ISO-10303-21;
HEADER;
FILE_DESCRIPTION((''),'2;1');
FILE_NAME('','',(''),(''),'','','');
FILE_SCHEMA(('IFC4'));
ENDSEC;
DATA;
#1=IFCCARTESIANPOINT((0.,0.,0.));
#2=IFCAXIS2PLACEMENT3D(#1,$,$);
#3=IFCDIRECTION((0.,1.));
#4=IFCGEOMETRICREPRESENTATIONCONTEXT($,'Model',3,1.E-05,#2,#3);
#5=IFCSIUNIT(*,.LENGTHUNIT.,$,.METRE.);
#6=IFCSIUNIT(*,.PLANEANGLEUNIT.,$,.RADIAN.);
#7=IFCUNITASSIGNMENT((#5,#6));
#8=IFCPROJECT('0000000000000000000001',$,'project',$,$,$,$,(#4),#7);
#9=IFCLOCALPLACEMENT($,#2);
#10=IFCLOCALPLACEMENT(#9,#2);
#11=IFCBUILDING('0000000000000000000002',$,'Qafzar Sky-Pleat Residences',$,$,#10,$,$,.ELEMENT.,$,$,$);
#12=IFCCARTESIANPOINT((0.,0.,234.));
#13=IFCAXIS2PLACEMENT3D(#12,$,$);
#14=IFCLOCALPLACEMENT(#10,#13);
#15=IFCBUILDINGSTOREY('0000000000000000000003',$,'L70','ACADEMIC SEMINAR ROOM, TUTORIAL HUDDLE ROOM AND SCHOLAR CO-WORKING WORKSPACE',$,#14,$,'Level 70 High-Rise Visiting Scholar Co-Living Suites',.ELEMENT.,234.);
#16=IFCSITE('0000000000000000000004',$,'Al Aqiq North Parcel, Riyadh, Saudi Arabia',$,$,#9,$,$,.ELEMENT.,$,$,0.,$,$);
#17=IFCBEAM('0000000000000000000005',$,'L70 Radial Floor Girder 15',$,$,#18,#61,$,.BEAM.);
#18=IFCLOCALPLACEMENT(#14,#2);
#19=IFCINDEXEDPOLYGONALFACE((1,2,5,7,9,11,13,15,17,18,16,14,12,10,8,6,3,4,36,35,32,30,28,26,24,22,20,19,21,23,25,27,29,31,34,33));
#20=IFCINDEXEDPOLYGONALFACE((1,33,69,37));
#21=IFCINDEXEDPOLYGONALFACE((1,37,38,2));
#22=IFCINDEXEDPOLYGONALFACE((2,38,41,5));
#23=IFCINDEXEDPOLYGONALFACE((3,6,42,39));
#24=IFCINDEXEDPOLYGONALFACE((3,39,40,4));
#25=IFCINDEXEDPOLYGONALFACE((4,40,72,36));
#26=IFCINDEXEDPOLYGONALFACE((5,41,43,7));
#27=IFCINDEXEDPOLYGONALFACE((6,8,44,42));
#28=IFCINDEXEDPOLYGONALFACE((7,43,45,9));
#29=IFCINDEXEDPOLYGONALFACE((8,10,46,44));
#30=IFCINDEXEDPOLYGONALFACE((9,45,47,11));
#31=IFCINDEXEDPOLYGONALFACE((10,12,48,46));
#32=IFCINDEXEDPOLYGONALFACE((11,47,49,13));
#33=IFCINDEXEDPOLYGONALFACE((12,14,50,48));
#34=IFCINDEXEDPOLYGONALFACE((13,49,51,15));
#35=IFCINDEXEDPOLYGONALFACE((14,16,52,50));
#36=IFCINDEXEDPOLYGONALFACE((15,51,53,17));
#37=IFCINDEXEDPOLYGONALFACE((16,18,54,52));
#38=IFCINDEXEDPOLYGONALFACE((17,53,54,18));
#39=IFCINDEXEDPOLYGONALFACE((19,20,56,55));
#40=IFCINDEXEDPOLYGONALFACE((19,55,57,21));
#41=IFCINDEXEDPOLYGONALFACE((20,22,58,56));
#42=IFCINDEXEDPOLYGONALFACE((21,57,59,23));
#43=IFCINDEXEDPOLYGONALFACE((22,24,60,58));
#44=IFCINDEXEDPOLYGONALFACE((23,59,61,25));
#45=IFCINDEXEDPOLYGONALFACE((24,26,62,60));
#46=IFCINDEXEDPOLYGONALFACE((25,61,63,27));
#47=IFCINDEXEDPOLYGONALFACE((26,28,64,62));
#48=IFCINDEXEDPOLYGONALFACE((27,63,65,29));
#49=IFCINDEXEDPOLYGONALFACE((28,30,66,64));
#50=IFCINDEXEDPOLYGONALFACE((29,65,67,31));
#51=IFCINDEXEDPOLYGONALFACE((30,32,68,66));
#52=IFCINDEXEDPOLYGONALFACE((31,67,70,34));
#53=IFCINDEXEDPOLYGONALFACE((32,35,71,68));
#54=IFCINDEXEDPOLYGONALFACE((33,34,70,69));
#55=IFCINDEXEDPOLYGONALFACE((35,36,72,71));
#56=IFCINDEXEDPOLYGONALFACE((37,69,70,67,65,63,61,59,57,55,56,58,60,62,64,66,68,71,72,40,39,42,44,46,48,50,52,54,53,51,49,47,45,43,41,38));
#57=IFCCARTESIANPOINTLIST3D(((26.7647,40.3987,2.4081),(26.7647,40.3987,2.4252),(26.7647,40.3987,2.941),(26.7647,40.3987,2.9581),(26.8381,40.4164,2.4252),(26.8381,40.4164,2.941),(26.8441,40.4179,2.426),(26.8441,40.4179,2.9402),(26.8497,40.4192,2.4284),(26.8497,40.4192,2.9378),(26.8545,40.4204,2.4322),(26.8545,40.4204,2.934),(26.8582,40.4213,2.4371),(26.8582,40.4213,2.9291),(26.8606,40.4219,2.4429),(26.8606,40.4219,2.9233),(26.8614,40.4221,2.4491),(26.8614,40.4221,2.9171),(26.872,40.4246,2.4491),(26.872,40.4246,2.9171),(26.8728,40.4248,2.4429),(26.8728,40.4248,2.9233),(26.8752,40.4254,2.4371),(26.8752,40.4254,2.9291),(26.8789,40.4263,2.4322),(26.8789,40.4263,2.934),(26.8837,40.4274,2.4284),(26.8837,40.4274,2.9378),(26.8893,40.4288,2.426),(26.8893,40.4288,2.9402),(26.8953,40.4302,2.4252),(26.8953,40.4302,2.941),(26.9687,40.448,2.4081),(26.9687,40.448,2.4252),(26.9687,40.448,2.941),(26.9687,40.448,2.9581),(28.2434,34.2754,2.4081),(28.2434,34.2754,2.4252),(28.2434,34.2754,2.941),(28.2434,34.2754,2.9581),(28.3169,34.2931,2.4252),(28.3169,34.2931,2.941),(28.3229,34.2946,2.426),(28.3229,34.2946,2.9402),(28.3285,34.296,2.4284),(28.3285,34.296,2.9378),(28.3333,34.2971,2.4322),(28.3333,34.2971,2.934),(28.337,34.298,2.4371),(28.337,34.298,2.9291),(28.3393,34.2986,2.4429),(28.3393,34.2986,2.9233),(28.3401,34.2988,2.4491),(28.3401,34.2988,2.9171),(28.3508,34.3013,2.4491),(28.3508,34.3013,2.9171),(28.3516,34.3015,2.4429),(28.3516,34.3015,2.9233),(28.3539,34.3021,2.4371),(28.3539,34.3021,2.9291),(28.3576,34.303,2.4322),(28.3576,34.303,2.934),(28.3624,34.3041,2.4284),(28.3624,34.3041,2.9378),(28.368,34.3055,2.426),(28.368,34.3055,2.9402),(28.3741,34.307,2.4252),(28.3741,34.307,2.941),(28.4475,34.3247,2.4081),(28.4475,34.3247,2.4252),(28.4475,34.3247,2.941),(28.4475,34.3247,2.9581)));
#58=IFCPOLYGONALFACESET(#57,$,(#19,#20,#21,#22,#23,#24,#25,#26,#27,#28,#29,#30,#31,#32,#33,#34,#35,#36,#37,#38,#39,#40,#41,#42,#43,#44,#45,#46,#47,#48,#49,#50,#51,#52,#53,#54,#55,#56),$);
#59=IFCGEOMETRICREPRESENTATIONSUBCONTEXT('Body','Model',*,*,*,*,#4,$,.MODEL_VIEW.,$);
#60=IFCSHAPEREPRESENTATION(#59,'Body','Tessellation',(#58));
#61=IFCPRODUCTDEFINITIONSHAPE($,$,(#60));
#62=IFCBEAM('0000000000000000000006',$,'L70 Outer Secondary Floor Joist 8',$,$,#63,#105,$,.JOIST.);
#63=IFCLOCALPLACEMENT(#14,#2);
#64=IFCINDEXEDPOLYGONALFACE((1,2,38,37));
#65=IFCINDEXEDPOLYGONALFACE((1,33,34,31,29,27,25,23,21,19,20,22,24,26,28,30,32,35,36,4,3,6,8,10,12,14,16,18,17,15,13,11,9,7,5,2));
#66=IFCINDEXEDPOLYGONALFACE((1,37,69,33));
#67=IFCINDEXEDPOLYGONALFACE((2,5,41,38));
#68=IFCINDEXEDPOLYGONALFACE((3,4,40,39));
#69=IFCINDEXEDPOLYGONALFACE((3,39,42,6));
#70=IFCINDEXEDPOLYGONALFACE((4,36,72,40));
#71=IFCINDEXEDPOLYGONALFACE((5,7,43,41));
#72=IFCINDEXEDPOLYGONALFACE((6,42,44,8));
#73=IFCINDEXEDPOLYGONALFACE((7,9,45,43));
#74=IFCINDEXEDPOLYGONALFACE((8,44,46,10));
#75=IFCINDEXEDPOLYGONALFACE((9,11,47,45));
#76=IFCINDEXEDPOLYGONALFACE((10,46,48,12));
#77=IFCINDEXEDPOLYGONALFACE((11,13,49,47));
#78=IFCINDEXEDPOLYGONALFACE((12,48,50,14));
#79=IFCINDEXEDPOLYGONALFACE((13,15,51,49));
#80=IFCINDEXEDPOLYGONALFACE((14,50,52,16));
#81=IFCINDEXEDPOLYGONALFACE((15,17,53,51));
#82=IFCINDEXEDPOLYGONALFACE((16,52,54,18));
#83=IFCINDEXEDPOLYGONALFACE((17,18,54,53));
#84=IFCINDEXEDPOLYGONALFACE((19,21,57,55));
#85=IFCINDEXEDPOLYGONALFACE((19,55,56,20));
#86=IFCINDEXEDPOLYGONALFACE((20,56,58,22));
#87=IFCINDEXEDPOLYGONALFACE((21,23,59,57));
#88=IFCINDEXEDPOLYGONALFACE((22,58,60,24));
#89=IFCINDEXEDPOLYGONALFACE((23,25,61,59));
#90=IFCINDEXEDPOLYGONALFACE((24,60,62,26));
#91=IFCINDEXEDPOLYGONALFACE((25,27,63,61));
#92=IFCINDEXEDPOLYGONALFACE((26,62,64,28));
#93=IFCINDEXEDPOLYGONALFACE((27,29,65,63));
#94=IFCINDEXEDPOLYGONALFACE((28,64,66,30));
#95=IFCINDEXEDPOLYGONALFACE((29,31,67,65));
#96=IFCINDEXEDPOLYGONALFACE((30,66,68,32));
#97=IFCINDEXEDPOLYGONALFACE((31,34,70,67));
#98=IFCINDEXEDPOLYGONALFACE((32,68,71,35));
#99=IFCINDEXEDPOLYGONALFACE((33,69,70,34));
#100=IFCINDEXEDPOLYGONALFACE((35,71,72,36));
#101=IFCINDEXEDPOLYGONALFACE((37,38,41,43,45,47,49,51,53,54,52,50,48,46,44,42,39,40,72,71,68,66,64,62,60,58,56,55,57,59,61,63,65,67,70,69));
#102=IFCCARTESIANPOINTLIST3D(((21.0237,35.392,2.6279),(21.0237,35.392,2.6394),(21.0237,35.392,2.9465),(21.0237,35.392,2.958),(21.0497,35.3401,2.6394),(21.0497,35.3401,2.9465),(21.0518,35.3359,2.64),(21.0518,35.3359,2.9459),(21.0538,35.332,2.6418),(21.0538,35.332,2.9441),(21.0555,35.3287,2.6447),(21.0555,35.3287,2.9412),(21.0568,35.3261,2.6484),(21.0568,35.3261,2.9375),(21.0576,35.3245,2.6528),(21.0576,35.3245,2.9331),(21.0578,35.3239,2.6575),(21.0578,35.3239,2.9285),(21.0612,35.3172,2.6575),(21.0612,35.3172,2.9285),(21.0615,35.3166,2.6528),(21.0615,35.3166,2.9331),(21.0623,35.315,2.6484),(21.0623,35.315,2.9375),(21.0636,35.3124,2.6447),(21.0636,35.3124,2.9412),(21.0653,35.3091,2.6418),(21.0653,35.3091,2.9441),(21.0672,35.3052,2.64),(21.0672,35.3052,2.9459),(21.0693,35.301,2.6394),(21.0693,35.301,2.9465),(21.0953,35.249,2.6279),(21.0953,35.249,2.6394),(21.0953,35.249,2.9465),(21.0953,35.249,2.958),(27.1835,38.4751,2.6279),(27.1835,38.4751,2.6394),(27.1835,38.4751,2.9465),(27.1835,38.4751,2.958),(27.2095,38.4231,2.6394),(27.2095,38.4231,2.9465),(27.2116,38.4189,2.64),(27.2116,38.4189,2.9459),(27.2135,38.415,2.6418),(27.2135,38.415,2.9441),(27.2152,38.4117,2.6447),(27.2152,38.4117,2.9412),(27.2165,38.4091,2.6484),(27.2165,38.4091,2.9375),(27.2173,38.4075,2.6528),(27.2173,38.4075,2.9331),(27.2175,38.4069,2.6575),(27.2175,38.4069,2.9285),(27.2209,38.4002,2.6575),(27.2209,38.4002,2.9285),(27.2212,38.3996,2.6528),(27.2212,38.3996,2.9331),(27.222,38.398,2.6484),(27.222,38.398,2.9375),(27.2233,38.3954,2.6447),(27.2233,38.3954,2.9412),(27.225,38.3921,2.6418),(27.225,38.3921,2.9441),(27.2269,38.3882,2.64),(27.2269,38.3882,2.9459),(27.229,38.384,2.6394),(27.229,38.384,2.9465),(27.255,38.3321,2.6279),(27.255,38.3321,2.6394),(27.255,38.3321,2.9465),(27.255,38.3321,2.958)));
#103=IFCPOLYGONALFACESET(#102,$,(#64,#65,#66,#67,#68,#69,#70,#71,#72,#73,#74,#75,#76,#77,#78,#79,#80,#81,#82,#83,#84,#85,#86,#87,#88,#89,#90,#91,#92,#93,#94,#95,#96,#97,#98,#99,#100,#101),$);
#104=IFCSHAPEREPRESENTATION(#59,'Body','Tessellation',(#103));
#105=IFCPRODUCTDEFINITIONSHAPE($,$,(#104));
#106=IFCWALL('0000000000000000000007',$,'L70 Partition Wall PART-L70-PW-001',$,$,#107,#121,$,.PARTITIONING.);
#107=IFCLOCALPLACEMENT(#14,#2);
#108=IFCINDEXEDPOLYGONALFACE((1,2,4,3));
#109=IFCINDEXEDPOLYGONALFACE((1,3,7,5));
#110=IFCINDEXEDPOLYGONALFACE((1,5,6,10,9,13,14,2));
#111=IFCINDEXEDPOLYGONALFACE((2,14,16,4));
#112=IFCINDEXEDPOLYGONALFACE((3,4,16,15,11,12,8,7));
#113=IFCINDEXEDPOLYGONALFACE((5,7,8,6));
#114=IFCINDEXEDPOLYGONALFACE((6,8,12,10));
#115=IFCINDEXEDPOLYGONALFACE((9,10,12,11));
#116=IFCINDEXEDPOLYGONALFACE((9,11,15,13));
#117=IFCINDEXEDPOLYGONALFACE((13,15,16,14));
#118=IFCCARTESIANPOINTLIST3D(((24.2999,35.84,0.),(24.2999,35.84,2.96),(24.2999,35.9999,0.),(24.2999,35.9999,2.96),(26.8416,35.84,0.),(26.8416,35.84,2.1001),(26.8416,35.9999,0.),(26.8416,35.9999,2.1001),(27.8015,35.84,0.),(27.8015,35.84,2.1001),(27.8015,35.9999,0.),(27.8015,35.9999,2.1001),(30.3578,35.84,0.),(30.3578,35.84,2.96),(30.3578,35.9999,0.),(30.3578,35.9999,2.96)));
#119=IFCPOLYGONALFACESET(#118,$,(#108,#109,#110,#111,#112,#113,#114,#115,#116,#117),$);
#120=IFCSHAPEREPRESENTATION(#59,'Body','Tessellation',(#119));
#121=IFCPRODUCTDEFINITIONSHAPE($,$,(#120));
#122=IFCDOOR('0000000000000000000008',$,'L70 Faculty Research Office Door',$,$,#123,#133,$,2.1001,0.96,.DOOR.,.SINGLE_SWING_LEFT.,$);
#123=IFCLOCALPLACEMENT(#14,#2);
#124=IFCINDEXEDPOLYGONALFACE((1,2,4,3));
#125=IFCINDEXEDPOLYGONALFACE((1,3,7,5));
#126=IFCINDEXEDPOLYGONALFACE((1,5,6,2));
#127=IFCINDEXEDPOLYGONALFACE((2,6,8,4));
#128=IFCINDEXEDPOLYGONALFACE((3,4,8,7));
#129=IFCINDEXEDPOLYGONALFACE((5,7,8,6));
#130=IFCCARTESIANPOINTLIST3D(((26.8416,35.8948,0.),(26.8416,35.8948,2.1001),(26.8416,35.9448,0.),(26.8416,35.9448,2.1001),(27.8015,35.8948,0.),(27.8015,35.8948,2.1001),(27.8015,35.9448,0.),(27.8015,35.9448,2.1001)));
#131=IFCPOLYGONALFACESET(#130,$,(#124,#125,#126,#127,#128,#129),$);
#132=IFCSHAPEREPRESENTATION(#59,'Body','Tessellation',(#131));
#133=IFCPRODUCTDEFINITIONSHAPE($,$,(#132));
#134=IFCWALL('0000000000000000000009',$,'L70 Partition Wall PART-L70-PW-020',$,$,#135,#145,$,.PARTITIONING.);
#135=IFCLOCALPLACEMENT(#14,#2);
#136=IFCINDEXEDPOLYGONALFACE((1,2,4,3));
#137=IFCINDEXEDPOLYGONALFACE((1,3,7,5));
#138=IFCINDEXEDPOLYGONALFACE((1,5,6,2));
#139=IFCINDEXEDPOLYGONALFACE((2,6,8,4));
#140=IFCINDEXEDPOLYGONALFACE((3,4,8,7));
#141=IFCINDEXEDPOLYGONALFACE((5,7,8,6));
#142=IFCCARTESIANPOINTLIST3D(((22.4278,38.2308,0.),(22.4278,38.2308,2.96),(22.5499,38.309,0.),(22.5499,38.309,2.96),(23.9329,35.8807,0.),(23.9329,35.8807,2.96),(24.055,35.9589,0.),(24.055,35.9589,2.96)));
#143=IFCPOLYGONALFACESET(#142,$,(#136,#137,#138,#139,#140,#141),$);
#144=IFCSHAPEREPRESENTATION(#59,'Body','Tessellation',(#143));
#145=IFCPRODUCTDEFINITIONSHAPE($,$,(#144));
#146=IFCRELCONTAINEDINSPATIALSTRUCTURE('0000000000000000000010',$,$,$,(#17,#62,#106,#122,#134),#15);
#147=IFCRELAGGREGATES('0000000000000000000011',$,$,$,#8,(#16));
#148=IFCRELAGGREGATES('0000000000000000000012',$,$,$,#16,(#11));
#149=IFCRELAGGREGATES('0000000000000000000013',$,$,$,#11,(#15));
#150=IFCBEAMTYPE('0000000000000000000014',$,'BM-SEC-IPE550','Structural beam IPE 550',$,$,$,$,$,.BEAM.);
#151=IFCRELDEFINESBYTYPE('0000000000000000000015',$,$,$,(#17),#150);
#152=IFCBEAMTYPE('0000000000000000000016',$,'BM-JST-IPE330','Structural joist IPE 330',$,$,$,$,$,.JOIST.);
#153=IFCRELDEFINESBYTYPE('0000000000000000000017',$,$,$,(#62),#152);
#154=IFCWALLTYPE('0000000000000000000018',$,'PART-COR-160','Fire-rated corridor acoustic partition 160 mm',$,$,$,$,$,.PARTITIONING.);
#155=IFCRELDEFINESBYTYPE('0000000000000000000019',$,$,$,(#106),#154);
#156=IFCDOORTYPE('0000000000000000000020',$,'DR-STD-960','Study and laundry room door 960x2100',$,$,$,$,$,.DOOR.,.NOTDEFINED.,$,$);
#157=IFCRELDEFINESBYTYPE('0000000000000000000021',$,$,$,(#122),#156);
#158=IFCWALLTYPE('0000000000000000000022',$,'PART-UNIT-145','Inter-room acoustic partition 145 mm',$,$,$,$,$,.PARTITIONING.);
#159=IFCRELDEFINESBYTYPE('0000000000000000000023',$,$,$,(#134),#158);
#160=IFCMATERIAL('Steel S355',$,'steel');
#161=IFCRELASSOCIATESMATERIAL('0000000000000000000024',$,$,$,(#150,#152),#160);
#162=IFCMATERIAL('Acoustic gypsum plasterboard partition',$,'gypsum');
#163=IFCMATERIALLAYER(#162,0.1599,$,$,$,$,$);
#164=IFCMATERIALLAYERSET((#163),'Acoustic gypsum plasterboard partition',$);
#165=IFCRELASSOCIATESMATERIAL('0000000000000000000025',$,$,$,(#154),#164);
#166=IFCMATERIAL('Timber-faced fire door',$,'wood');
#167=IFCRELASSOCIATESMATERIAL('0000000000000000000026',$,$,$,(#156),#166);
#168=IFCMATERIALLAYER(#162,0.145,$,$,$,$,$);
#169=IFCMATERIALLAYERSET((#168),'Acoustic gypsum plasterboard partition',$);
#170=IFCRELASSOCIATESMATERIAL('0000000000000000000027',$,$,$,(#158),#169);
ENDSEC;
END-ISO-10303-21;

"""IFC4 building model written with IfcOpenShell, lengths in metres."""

from ifc_helpers import new_model, si_unit, direction, frame, frame_2d, origin, origin_2d, place, context, subcontext, project, spatial, rectangle, i_section, extrude, source, transform, mapped, material, layer, layer_set, material_profile, profile_set, type_object, element, fill, save


model = new_model("IFC4")

# Units and contexts
model_context = context("Model", 3, precision=1e-05, world=origin(), true_north=direction((0.0, 1.0)))
body_context = subcontext(model_context, "Body", "Model", "MODEL_VIEW")
ifc_project = project(units=[si_unit("LENGTHUNIT", "METRE"), si_unit("PLANEANGLEUNIT", "RADIAN")], contexts=[model_context])

# Site, building, storey
site_placement = place(None, origin())
site = spatial("IfcSite", under=ifc_project, at=site_placement, Name="Al Aqiq North Parcel, Riyadh, Saudi Arabia", CompositionType="ELEMENT", RefElevation=0.0)
building_placement = place(site_placement, origin())
building = spatial("IfcBuilding", under=site, at=building_placement, Name="Qafzar Sky-Pleat Residences", CompositionType="ELEMENT")
storey_placement = place(building_placement, frame((0.0, 0.0, 234.0)))
storey = spatial("IfcBuildingStorey", under=building, at=storey_placement, Name="L70", Description="ACADEMIC SEMINAR ROOM, TUTORIAL HUDDLE ROOM AND SCHOLAR CO-WORKING WORKSPACE", LongName="Level 70 High-Rise Visiting Scholar Co-Living Suites", CompositionType="ELEMENT", Elevation=234.0)

# Shared definitions
ifc_material_1 = material(Name="Steel S355", Category="steel")

# Beams
ifc_material_profile_1 = material_profile(ifc_material_1, i_section(OverallWidth=0.21, OverallDepth=0.55, WebThickness=0.011, FlangeThickness=0.0171, FilletRadius=0.0239, at=origin_2d()), Name="IPE 550")
ifc_profile_set_1 = profile_set([ifc_material_profile_1], Name="Steel S355")
beam_type_1 = type_object("IfcBeamType", Name="BM-SEC-IPE550", Description="Structural beam IPE 550", PredefinedType="BEAM", material=ifc_profile_set_1)
shared_shape_1 = source(origin(), body_context, "Body", "SweptSolid", [
    extrude(i_section(OverallWidth=0.21, OverallDepth=0.55, WebThickness=0.011, FlangeThickness=0.0171, FilletRadius=0.0239, at=origin_2d()), origin(), (0.0, 0.0, 1.0), 6.2993),
])
beam_1_placement = place(storey_placement, frame((26.8667, 40.4233, 2.6831), z_axis=(0.234749, -0.972056, 0.0), x_axis=(0.972056, 0.234749, 0.0)))
element("IfcBeam", 1, at=beam_1_placement, inside=storey, type_object=beam_type_1, Name="L70 Radial Floor Girder 15", PredefinedType="BEAM", context=body_context, shape_type="MappedRepresentation", body=[
    mapped(shared_shape_1, transform((0.0, 0.0, 0.0), x_axis=(1.0, 0.0, 0.0), y_axis=(0.0, 1.0, 0.0), z_axis=(0.0, 0.0, 1.0), scale=1.0)),
])
ifc_material_profile_2 = material_profile(ifc_material_1, i_section(OverallWidth=0.1599, OverallDepth=0.3301, WebThickness=0.0076, FlangeThickness=0.0115, FilletRadius=0.0181, at=origin_2d()), Name="IPE 330")
ifc_profile_set_2 = profile_set([ifc_material_profile_2], Name="Steel S355")
beam_type_2 = type_object("IfcBeamType", Name="BM-JST-IPE330", Description="Structural joist IPE 330", PredefinedType="JOIST", material=ifc_profile_set_2)
shared_shape_2 = source(origin(), body_context, "Body", "SweptSolid", [
    extrude(i_section(OverallWidth=0.1599, OverallDepth=0.3301, WebThickness=0.0076, FlangeThickness=0.0115, FilletRadius=0.0181, at=origin_2d()), origin(), (0.0, 0.0, 1.0), 6.8882),
])
beam_2_placement = place(storey_placement, frame((27.2192, 38.4036, 2.793), z_axis=(-0.894243, -0.447582, 0.0), x_axis=(0.447582, -0.894243, 0.0)))
element("IfcBeam", 2, at=beam_2_placement, inside=storey, type_object=beam_type_2, Name="L70 Outer Secondary Floor Joist 8", PredefinedType="JOIST", context=body_context, shape_type="MappedRepresentation", body=[
    mapped(shared_shape_2, transform((0.0, 0.0, 0.0), x_axis=(1.0, 0.0, 0.0), y_axis=(0.0, 1.0, 0.0), z_axis=(0.0, 0.0, 1.0), scale=1.0)),
])

# Wall, opening, door
ifc_material_2 = material(Name="Acoustic gypsum plasterboard partition", Category="gypsum")
ifc_layer_1 = layer(ifc_material_2, 0.1599)
ifc_layer_set_1 = layer_set([ifc_layer_1], Name="Acoustic gypsum plasterboard partition")
wall_type_1 = type_object("IfcWallType", Name="PART-COR-160", Description="Fire-rated corridor acoustic partition 160 mm", PredefinedType="PARTITIONING", material=ifc_layer_set_1)
wall_1_placement = place(storey_placement, frame((24.3, 35.9199, 0.0), z_axis=(0.0, 0.0, 1.0), x_axis=(1.0, 0.0, 0.0)))
wall_1 = element("IfcWall", 3, at=wall_1_placement, inside=storey, type_object=wall_type_1, Name="L70 Partition Wall PART-L70-PW-001", PredefinedType="PARTITIONING", context=body_context, shape_type="SweptSolid", body=[
    extrude(rectangle(XDim=6.0579, YDim=0.1599, at=frame_2d((3.0288, 0.0))), origin(), (0.0, 0.0, 1.0), 2.96),
])
opening_1_placement = place(wall_1_placement, frame((2.5415, 0.0, 0.0)))
opening_1 = element("IfcOpeningElement", 4, at=opening_1_placement, cuts=wall_1, PredefinedType="OPENING", context=body_context, shape_type="SweptSolid", body=[
    extrude(rectangle(XDim=0.96, YDim=2.1001, at=frame_2d((0.48, 1.05))), frame((0.0, 0.0898, 0.0), z_axis=(0.0, -1.0, 0.0), x_axis=(1.0, 0.0, 0.0)), (0.0, 0.0, 1.0), 0.1799),
])
ifc_material_3 = material(Name="Timber-faced fire door", Category="wood")
door_type = type_object("IfcDoorType", Name="DR-STD-960", Description="Study and laundry room door 960x2100", OperationType="NOTDEFINED", PredefinedType="DOOR", material=ifc_material_3)
shared_shape_3 = source(origin(), body_context, "Body", "SweptSolid", [
    extrude(rectangle(XDim=0.96, YDim=2.1001, at=frame_2d((0.48, 1.05))), frame((0.0, 0.0249, 0.0), z_axis=(0.0, -1.0, 0.0), x_axis=(1.0, 0.0, 0.0)), (0.0, 0.0, 1.0), 0.05),
])
door_placement = place(opening_1_placement, origin())
door = element("IfcDoor", 5, at=door_placement, inside=storey, type_object=door_type, Name="L70 Faculty Research Office Door", OperationType="SINGLE_SWING_LEFT", OverallHeight=2.1001, OverallWidth=0.96, PredefinedType="DOOR", context=body_context, shape_type="MappedRepresentation", body=[
    mapped(shared_shape_3, transform((0.0, 0.0, 0.0), x_axis=(1.0, 0.0, 0.0), y_axis=(0.0, 1.0, 0.0), z_axis=(0.0, 0.0, 1.0), scale=1.0)),
])
fill(opening_1, door)

# Wall
ifc_layer_2 = layer(ifc_material_2, 0.145)
ifc_layer_set_2 = layer_set([ifc_layer_2], Name="Acoustic gypsum plasterboard partition")
wall_type_2 = type_object("IfcWallType", Name="PART-UNIT-145", Description="Inter-room acoustic partition 145 mm", PredefinedType="PARTITIONING", material=ifc_layer_set_2)
wall_2_placement = place(storey_placement, frame((22.4888, 38.27, 0.0), z_axis=(0.0, 0.0, 1.0), x_axis=(0.539324, -0.842098, 0.0)))
element("IfcWall", 6, at=wall_2_placement, inside=storey, type_object=wall_type_2, Name="L70 Partition Wall PART-L70-PW-020", PredefinedType="PARTITIONING", context=body_context, shape_type="SweptSolid", body=[
    extrude(rectangle(XDim=2.7908, YDim=0.145, at=frame_2d((1.3955, 0.0))), origin(), (0.0, 0.0, 1.0), 2.96),
])

save(model, "model.ifc")
